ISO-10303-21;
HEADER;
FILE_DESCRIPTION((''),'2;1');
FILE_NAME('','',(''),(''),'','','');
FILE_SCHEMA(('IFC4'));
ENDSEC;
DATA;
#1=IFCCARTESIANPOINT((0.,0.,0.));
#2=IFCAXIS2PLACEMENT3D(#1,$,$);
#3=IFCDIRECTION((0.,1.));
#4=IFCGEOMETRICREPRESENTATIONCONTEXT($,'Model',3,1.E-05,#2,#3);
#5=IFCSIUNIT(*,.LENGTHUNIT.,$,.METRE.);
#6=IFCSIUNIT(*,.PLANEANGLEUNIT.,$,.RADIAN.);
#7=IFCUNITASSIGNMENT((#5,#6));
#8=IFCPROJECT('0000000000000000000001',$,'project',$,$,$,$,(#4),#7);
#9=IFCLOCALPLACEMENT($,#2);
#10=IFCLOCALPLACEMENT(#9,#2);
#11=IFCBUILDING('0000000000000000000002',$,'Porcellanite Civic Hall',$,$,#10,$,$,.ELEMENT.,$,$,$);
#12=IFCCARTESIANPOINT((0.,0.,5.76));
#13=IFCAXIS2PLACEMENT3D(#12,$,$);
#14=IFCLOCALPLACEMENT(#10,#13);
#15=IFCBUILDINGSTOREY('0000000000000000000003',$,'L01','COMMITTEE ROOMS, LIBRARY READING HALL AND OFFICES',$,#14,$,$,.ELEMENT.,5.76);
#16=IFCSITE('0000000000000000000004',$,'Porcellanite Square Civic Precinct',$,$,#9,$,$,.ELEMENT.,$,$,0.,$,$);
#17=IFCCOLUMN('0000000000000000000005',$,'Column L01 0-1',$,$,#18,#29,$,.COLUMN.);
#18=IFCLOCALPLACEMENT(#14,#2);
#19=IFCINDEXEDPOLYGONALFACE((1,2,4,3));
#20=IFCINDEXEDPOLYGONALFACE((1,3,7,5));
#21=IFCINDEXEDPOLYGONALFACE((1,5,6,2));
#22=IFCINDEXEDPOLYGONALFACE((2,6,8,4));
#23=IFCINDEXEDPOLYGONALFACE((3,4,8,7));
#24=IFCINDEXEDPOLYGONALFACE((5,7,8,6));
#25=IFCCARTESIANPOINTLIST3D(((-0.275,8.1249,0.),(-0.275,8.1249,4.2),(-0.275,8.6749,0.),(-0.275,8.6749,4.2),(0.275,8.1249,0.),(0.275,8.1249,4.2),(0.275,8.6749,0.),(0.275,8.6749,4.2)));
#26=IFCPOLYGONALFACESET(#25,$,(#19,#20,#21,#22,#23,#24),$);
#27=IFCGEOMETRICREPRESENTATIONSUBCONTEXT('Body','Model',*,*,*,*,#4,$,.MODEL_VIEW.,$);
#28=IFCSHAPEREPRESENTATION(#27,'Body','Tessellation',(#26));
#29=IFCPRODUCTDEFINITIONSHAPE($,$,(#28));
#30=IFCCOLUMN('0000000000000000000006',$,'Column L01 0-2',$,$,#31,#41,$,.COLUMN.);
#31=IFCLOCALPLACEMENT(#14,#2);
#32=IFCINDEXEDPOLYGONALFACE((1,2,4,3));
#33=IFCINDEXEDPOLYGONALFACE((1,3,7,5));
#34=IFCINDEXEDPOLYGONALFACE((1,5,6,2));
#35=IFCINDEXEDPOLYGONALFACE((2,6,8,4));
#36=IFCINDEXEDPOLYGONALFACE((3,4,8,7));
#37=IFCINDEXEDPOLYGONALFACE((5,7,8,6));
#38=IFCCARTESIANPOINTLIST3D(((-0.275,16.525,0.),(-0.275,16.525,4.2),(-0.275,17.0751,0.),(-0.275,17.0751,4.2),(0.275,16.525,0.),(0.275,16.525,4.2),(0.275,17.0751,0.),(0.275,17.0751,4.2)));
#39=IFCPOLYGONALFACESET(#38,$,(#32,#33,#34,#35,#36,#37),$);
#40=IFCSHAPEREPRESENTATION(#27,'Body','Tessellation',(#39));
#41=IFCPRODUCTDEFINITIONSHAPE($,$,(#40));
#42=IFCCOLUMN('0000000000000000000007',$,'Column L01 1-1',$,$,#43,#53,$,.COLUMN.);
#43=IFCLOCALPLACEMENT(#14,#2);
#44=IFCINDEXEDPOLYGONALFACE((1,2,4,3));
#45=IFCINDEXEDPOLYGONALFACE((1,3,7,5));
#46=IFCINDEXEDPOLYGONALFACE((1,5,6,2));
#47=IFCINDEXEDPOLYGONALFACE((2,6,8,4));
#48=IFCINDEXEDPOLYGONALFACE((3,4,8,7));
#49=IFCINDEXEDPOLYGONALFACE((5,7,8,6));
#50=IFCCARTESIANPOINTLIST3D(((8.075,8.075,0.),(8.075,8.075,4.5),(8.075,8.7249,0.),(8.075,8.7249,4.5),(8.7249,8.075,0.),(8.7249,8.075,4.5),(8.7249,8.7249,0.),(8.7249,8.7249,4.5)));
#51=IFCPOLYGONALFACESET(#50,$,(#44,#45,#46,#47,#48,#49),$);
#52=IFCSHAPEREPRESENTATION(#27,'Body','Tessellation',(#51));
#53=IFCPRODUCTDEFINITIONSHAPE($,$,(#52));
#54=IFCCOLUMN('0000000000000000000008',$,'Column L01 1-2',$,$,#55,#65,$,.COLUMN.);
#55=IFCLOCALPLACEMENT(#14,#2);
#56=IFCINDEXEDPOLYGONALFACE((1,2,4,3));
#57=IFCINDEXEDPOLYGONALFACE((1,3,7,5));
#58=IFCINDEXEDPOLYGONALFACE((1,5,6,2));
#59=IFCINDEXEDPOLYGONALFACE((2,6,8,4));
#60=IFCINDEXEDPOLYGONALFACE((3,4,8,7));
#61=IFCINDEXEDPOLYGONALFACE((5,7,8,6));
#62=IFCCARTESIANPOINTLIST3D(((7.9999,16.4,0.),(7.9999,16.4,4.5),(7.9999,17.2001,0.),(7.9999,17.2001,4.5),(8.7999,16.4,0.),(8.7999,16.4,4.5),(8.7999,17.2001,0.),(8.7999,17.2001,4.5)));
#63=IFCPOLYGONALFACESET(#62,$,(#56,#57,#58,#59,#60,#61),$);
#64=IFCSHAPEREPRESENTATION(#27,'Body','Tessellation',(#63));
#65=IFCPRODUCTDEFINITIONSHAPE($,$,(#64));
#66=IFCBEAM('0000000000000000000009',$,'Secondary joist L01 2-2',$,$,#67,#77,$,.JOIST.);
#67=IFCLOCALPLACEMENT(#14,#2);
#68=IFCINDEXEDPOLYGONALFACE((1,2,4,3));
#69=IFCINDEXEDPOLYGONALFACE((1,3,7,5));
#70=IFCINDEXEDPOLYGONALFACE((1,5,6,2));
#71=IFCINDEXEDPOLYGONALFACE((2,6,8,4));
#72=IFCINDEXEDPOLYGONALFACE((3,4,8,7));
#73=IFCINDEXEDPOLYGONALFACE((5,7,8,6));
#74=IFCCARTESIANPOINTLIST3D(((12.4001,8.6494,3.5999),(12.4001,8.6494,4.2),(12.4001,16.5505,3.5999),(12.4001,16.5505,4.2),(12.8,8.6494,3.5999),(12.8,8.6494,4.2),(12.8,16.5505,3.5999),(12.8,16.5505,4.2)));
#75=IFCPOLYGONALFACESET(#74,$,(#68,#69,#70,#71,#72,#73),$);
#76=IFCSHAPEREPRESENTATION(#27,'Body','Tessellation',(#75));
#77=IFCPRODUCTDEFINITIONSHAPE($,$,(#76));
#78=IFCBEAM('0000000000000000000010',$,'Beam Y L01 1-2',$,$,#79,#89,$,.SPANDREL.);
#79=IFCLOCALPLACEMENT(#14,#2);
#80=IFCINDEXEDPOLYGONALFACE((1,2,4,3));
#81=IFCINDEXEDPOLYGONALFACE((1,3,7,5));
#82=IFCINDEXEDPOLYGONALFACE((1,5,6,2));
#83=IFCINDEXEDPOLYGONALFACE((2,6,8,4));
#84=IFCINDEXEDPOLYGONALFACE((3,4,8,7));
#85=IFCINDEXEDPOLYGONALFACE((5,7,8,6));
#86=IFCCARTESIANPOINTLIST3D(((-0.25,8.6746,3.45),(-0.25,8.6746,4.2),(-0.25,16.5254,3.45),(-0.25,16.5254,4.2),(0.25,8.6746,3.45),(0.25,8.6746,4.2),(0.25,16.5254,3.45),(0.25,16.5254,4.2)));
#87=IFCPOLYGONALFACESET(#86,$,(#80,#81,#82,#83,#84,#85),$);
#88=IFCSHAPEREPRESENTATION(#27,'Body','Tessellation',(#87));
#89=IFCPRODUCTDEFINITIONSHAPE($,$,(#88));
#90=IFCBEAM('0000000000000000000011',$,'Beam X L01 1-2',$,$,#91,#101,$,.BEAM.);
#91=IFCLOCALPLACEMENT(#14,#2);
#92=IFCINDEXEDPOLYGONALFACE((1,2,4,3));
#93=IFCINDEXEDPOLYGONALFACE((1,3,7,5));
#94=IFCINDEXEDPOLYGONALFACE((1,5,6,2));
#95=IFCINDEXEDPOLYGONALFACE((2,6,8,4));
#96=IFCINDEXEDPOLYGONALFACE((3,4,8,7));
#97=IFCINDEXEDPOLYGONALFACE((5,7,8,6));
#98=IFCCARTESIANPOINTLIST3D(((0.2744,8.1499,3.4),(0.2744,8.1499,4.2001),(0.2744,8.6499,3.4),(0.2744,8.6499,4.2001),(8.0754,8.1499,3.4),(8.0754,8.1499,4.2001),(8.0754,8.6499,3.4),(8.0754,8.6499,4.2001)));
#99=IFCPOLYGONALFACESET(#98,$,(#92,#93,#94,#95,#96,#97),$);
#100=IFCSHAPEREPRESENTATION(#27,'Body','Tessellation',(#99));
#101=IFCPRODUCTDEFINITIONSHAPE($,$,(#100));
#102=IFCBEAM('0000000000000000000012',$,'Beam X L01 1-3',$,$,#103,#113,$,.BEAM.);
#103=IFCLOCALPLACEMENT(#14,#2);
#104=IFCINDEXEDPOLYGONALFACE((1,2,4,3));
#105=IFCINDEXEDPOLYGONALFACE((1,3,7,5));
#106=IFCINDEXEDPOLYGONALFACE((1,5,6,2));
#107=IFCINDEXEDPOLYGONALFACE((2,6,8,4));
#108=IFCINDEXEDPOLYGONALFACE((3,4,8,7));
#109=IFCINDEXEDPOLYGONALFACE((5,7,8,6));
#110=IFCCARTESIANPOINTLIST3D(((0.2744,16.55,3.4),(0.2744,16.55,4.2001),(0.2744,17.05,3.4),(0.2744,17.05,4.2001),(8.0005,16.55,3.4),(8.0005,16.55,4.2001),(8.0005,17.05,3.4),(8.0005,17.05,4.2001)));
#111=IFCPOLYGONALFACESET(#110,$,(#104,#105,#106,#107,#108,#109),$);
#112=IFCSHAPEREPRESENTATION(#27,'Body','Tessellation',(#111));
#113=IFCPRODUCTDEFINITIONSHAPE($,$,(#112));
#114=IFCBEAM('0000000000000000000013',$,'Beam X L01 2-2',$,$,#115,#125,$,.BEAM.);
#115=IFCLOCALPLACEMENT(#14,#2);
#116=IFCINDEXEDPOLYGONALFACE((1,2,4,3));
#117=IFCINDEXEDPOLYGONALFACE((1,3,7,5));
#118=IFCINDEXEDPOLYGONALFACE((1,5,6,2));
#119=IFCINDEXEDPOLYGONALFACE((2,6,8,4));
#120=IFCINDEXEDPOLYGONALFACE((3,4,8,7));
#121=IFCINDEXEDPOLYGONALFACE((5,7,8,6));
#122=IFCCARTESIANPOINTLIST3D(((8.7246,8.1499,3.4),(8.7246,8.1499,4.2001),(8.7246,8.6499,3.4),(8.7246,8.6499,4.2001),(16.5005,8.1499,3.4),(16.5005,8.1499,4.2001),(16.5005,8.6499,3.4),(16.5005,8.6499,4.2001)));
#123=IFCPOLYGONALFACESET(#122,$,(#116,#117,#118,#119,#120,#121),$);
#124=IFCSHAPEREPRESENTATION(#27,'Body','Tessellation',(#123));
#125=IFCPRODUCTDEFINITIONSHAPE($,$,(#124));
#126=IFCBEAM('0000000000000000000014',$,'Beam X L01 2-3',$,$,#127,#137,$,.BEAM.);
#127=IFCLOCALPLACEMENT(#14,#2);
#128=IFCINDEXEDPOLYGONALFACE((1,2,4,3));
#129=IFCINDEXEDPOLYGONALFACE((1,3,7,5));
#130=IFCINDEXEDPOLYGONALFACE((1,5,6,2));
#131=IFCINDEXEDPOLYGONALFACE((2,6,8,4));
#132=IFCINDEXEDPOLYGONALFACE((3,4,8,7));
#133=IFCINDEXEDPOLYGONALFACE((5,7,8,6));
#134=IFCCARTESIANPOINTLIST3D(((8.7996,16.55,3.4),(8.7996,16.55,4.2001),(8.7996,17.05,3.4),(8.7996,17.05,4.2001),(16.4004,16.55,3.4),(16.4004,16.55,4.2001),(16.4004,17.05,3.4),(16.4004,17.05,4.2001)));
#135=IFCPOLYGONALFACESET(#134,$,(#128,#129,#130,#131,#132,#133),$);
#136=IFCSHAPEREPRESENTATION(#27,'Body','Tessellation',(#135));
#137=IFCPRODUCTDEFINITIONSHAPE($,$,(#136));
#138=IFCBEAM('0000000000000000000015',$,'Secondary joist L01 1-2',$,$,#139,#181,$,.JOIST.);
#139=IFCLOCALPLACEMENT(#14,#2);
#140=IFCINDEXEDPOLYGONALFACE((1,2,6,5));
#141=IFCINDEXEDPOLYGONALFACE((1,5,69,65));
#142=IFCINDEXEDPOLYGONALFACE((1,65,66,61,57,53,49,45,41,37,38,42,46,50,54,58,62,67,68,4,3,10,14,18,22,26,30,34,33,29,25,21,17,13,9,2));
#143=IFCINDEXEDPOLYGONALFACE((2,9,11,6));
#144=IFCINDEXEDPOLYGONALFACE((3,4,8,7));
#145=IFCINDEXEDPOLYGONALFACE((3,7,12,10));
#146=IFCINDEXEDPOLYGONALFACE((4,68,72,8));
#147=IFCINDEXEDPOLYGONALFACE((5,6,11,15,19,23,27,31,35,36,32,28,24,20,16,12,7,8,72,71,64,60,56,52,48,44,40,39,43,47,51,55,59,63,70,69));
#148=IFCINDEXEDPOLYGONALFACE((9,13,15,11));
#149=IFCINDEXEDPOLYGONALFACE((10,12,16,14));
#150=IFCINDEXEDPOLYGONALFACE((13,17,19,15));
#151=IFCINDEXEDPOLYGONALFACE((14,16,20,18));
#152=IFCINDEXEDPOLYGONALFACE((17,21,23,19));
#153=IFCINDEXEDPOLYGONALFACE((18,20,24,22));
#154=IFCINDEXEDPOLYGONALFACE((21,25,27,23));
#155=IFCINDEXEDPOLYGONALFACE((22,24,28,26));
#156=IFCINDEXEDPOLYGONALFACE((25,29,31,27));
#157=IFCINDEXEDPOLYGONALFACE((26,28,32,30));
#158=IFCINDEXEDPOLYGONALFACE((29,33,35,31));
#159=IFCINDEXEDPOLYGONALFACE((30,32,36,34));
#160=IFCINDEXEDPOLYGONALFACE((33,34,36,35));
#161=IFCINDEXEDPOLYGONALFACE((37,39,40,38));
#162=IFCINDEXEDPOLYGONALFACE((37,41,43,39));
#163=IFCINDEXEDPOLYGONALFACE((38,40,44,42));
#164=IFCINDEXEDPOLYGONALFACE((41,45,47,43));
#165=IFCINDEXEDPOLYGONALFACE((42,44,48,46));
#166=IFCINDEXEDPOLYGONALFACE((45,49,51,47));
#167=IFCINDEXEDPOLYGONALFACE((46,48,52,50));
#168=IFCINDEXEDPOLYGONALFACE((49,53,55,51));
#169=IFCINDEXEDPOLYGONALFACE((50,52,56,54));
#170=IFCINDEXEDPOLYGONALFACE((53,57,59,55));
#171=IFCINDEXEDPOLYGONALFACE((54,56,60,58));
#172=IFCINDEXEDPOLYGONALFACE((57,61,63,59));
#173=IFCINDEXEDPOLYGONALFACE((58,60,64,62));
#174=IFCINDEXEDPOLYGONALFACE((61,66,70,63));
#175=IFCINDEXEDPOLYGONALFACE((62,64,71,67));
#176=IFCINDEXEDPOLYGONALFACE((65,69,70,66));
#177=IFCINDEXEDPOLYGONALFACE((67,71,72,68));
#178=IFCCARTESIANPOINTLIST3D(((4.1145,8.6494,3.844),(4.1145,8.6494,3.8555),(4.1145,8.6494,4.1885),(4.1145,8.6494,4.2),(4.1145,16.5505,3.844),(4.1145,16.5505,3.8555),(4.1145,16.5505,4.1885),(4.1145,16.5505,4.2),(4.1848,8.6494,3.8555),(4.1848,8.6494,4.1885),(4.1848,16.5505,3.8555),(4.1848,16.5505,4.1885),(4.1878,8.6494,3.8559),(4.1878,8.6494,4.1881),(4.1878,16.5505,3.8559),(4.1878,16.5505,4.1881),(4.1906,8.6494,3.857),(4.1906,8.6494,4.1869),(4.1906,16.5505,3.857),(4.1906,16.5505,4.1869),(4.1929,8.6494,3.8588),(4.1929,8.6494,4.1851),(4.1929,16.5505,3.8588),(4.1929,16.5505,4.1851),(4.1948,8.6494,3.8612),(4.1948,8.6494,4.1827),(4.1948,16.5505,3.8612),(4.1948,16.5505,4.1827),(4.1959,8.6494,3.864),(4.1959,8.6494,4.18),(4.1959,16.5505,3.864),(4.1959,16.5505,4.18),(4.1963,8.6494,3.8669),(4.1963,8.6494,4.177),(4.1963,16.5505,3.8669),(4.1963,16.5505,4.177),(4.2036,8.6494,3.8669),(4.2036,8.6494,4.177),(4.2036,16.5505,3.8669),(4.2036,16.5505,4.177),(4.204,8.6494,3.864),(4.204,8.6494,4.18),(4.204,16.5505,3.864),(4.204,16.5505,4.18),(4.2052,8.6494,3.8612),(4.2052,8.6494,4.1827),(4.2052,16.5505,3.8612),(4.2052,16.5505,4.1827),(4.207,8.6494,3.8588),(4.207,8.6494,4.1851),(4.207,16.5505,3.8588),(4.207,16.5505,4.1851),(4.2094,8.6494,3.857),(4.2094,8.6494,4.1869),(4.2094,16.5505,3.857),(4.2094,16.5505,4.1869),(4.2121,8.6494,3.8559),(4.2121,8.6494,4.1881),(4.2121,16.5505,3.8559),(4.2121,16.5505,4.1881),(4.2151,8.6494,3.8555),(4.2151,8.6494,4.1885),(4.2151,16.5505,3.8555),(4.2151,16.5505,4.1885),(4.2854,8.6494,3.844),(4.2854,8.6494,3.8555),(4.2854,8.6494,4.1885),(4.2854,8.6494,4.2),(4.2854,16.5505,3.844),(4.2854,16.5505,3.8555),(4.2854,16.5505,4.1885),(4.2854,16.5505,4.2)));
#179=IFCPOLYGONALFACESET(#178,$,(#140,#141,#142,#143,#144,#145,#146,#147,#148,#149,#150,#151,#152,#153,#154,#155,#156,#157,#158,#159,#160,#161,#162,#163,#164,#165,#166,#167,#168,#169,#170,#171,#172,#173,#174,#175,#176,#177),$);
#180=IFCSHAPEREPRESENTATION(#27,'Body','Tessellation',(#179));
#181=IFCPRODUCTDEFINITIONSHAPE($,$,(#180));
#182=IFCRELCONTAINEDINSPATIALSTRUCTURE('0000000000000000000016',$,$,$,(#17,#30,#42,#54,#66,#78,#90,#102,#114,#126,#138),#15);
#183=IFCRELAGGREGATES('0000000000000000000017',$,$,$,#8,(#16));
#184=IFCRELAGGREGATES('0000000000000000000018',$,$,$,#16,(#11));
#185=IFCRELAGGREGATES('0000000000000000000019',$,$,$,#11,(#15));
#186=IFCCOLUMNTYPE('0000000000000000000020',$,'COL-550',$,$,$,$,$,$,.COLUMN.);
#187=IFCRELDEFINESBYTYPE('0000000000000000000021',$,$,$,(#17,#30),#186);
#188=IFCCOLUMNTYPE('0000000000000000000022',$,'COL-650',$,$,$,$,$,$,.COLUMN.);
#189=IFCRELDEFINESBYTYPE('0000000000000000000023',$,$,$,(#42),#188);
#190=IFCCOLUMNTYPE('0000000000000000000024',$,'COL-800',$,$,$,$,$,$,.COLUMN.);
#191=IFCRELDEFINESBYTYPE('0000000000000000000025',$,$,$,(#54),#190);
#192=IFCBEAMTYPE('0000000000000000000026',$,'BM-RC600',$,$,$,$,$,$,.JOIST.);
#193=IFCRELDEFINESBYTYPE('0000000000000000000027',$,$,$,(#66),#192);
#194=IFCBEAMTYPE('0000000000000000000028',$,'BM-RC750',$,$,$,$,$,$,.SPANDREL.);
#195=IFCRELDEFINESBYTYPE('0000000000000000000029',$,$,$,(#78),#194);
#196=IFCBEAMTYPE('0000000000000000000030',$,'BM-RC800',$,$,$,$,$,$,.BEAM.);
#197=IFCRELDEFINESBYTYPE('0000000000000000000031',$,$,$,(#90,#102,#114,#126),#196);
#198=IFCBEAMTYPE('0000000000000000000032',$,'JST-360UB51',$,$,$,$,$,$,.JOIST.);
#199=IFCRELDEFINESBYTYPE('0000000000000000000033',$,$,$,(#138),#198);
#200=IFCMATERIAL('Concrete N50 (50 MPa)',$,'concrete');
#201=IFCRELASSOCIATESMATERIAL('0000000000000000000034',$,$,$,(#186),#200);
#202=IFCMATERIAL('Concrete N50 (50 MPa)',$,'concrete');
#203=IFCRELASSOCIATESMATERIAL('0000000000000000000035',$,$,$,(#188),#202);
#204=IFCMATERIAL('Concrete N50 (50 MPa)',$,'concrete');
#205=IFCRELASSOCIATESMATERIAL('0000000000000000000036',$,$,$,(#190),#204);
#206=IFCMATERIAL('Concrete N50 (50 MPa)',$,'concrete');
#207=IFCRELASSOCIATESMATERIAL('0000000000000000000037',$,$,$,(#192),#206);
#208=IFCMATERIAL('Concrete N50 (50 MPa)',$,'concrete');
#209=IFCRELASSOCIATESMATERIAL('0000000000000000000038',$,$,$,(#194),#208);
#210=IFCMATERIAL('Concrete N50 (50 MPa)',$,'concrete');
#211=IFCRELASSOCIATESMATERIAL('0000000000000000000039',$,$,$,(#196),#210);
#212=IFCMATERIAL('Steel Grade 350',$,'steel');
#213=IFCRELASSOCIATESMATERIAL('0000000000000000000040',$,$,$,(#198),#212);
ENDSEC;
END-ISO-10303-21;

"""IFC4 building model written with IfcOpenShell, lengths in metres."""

from ifc_helpers import new_model, si_unit, direction, frame, origin, origin_2d, place, context, subcontext, project, spatial, rectangle, i_section, extrude, material, material_profile, profile_set, type_object, element, save


model = new_model("IFC4")

# Units and contexts
model_context = context("Model", 3, precision=1e-05, world=origin(), true_north=direction((0.0, 1.0)))
body_context = subcontext(model_context, "Body", "Model", "MODEL_VIEW")
ifc_project = project(units=[si_unit("LENGTHUNIT", "METRE"), si_unit("PLANEANGLEUNIT", "RADIAN")], contexts=[model_context])

# Site, building, storey
site_placement = place(None, origin())
site = spatial("IfcSite", under=ifc_project, at=site_placement, Name="Porcellanite Square Civic Precinct", CompositionType="ELEMENT", RefElevation=0.0)
building_placement = place(site_placement, origin())
building = spatial("IfcBuilding", under=site, at=building_placement, Name="Porcellanite Civic Hall", CompositionType="ELEMENT")
storey_placement = place(building_placement, frame((0.0, 0.0, 5.76)))
storey = spatial("IfcBuildingStorey", under=building, at=storey_placement, Name="L01", Description="COMMITTEE ROOMS, LIBRARY READING HALL AND OFFICES", CompositionType="ELEMENT", Elevation=5.76)

# Columns
ifc_material_1 = material(Name="Concrete N50 (50 MPa)", Category="concrete")
ifc_material_profile_1 = material_profile(ifc_material_1, rectangle(XDim=0.55, YDim=0.55, at=origin_2d()), Name="RC-550x550")
ifc_profile_set_1 = profile_set([ifc_material_profile_1], Name="Concrete N50 (50 MPa)")
column_type_1 = type_object("IfcColumnType", Name="COL-550", PredefinedType="COLUMN", material=ifc_profile_set_1)
for number, where, z_axis, x_axis, name in (
    (1, (0.0, 8.3999, 0.0), (0.0, 0.0, 1.0), (1.0, 0.0, 0.0), "Column L01 0-1"),
    (2, (0.0, 16.8, 0.0), (0.0, 0.0, 1.0), (1.0, 0.0, 0.0), "Column L01 0-2"),
):
    element("IfcColumn", number, at=place(storey_placement, frame(where, z_axis=z_axis, x_axis=x_axis)), inside=storey, type_object=column_type_1, Name=name, PredefinedType="COLUMN", context=body_context, shape_type="SweptSolid", body=[
        extrude(rectangle(XDim=0.55, YDim=0.55, at=origin_2d()), origin(), (0.0, 0.0, 1.0), 4.2),
    ])
ifc_material_2 = material(Name="Concrete N50 (50 MPa)", Category="concrete")
ifc_material_profile_2 = material_profile(ifc_material_2, rectangle(XDim=0.6499, YDim=0.6499, at=origin_2d()), Name="RC-650x650")
ifc_profile_set_2 = profile_set([ifc_material_profile_2], Name="Concrete N50 (50 MPa)")
column_type_2 = type_object("IfcColumnType", Name="COL-650", PredefinedType="COLUMN", material=ifc_profile_set_2)
column_1_placement = place(storey_placement, frame((8.3999, 8.3999, 0.0), z_axis=(0.0, 0.0, 1.0), x_axis=(1.0, 0.0, 0.0)))
element("IfcColumn", 3, at=column_1_placement, inside=storey, type_object=column_type_2, Name="Column L01 1-1", PredefinedType="COLUMN", context=body_context, shape_type="SweptSolid", body=[
    extrude(rectangle(XDim=0.6499, YDim=0.6499, at=origin_2d()), origin(), (0.0, 0.0, 1.0), 4.5),
])
ifc_material_3 = material(Name="Concrete N50 (50 MPa)", Category="concrete")
ifc_material_profile_3 = material_profile(ifc_material_3, rectangle(XDim=0.8, YDim=0.8, at=origin_2d()), Name="RC-800x800")
ifc_profile_set_3 = profile_set([ifc_material_profile_3], Name="Concrete N50 (50 MPa)")
column_type_3 = type_object("IfcColumnType", Name="COL-800", PredefinedType="COLUMN", material=ifc_profile_set_3)
column_2_placement = place(storey_placement, frame((8.3999, 16.8, 0.0), z_axis=(0.0, 0.0, 1.0), x_axis=(1.0, 0.0, 0.0)))
element("IfcColumn", 4, at=column_2_placement, inside=storey, type_object=column_type_3, Name="Column L01 1-2", PredefinedType="COLUMN", context=body_context, shape_type="SweptSolid", body=[
    extrude(rectangle(XDim=0.8, YDim=0.8, at=origin_2d()), origin(), (0.0, 0.0, 1.0), 4.5),
])

# Beams
ifc_material_4 = material(Name="Concrete N50 (50 MPa)", Category="concrete")
ifc_material_profile_4 = material_profile(ifc_material_4, rectangle(XDim=0.3999, YDim=0.6001, at=origin_2d()), Name="RC-400x600")
ifc_profile_set_4 = profile_set([ifc_material_profile_4], Name="Concrete N50 (50 MPa)")
beam_type_1 = type_object("IfcBeamType", Name="BM-RC600", PredefinedType="JOIST", material=ifc_profile_set_4)
beam_1_placement = place(storey_placement, frame((12.6001, 8.6494, 3.8999), z_axis=(0.0, 1.0, 0.0), x_axis=(-1.0, 0.0, 0.0)))
element("IfcBeam", 5, at=beam_1_placement, inside=storey, type_object=beam_type_1, Name="Secondary joist L01 2-2", PredefinedType="JOIST", context=body_context, shape_type="SweptSolid", body=[
    extrude(rectangle(XDim=0.3999, YDim=0.6001, at=origin_2d()), origin(), (0.0, 0.0, 1.0), 7.9011),
])
ifc_material_5 = material(Name="Concrete N50 (50 MPa)", Category="concrete")
ifc_material_profile_5 = material_profile(ifc_material_5, rectangle(XDim=0.5, YDim=0.75, at=origin_2d()), Name="RC-500x750")
ifc_profile_set_5 = profile_set([ifc_material_profile_5], Name="Concrete N50 (50 MPa)")
beam_type_2 = type_object("IfcBeamType", Name="BM-RC750", PredefinedType="SPANDREL", material=ifc_profile_set_5)
beam_2_placement = place(storey_placement, frame((0.0, 8.6746, 3.825), z_axis=(0.0, 1.0, 0.0), x_axis=(-1.0, 0.0, 0.0)))
element("IfcBeam", 6, at=beam_2_placement, inside=storey, type_object=beam_type_2, Name="Beam Y L01 1-2", PredefinedType="SPANDREL", context=body_context, shape_type="SweptSolid", body=[
    extrude(rectangle(XDim=0.5, YDim=0.75, at=origin_2d()), origin(), (0.0, 0.0, 1.0), 7.8508),
])
ifc_material_6 = material(Name="Concrete N50 (50 MPa)", Category="concrete")
ifc_material_profile_6 = material_profile(ifc_material_6, rectangle(XDim=0.5, YDim=0.8, at=origin_2d()), Name="RC-500x800")
ifc_profile_set_6 = profile_set([ifc_material_profile_6], Name="Concrete N50 (50 MPa)")
beam_type_3 = type_object("IfcBeamType", Name="BM-RC800", PredefinedType="BEAM", material=ifc_profile_set_6)
beam_3_placement = place(storey_placement, frame((0.2744, 8.3999, 3.8), z_axis=(1.0, 0.0, 0.0), x_axis=(0.0, 1.0, 0.0)))
element("IfcBeam", 7, at=beam_3_placement, inside=storey, type_object=beam_type_3, Name="Beam X L01 1-2", PredefinedType="BEAM", context=body_context, shape_type="SweptSolid", body=[
    extrude(rectangle(XDim=0.5, YDim=0.8, at=origin_2d()), origin(), (0.0, 0.0, 1.0), 7.801),
])
beam_4_placement = place(storey_placement, frame((0.2744, 16.8, 3.8), z_axis=(1.0, 0.0, 0.0), x_axis=(0.0, 1.0, 0.0)))
element("IfcBeam", 8, at=beam_4_placement, inside=storey, type_object=beam_type_3, Name="Beam X L01 1-3", PredefinedType="BEAM", context=body_context, shape_type="SweptSolid", body=[
    extrude(rectangle(XDim=0.5, YDim=0.8, at=origin_2d()), origin(), (0.0, 0.0, 1.0), 7.7261),
])
beam_5_placement = place(storey_placement, frame((8.7246, 8.3999, 3.8), z_axis=(1.0, 0.0, 0.0), x_axis=(0.0, 1.0, 0.0)))
element("IfcBeam", 9, at=beam_5_placement, inside=storey, type_object=beam_type_3, Name="Beam X L01 2-2", PredefinedType="BEAM", context=body_context, shape_type="SweptSolid", body=[
    extrude(rectangle(XDim=0.5, YDim=0.8, at=origin_2d()), origin(), (0.0, 0.0, 1.0), 7.7759),
])
beam_6_placement = place(storey_placement, frame((8.7996, 16.8, 3.8), z_axis=(1.0, 0.0, 0.0), x_axis=(0.0, 1.0, 0.0)))
element("IfcBeam", 10, at=beam_6_placement, inside=storey, type_object=beam_type_3, Name="Beam X L01 2-3", PredefinedType="BEAM", context=body_context, shape_type="SweptSolid", body=[
    extrude(rectangle(XDim=0.5, YDim=0.8, at=origin_2d()), origin(), (0.0, 0.0, 1.0), 7.6008),
])
ifc_material_7 = material(Name="Steel Grade 350", Category="steel")
ifc_material_profile_7 = material_profile(ifc_material_7, i_section(OverallWidth=0.1709, OverallDepth=0.356, WebThickness=0.0073, FlangeThickness=0.0115, FilletRadius=0.0115, at=origin_2d()), Name="360UB50.7")
ifc_profile_set_7 = profile_set([ifc_material_profile_7], Name="Steel Grade 350")
beam_type_4 = type_object("IfcBeamType", Name="JST-360UB51", PredefinedType="JOIST", material=ifc_profile_set_7)
beam_7_placement = place(storey_placement, frame((4.2, 8.6494, 4.022), z_axis=(0.0, 1.0, 0.0), x_axis=(-1.0, 0.0, 0.0)))
element("IfcBeam", 11, at=beam_7_placement, inside=storey, type_object=beam_type_4, Name="Secondary joist L01 1-2", PredefinedType="JOIST", context=body_context, shape_type="SweptSolid", body=[
    extrude(i_section(OverallWidth=0.1709, OverallDepth=0.356, WebThickness=0.0073, FlangeThickness=0.0115, FilletRadius=0.0115, at=origin_2d()), origin(), (0.0, 0.0, 1.0), 7.9011),
])

save(model, "model.ifc")
